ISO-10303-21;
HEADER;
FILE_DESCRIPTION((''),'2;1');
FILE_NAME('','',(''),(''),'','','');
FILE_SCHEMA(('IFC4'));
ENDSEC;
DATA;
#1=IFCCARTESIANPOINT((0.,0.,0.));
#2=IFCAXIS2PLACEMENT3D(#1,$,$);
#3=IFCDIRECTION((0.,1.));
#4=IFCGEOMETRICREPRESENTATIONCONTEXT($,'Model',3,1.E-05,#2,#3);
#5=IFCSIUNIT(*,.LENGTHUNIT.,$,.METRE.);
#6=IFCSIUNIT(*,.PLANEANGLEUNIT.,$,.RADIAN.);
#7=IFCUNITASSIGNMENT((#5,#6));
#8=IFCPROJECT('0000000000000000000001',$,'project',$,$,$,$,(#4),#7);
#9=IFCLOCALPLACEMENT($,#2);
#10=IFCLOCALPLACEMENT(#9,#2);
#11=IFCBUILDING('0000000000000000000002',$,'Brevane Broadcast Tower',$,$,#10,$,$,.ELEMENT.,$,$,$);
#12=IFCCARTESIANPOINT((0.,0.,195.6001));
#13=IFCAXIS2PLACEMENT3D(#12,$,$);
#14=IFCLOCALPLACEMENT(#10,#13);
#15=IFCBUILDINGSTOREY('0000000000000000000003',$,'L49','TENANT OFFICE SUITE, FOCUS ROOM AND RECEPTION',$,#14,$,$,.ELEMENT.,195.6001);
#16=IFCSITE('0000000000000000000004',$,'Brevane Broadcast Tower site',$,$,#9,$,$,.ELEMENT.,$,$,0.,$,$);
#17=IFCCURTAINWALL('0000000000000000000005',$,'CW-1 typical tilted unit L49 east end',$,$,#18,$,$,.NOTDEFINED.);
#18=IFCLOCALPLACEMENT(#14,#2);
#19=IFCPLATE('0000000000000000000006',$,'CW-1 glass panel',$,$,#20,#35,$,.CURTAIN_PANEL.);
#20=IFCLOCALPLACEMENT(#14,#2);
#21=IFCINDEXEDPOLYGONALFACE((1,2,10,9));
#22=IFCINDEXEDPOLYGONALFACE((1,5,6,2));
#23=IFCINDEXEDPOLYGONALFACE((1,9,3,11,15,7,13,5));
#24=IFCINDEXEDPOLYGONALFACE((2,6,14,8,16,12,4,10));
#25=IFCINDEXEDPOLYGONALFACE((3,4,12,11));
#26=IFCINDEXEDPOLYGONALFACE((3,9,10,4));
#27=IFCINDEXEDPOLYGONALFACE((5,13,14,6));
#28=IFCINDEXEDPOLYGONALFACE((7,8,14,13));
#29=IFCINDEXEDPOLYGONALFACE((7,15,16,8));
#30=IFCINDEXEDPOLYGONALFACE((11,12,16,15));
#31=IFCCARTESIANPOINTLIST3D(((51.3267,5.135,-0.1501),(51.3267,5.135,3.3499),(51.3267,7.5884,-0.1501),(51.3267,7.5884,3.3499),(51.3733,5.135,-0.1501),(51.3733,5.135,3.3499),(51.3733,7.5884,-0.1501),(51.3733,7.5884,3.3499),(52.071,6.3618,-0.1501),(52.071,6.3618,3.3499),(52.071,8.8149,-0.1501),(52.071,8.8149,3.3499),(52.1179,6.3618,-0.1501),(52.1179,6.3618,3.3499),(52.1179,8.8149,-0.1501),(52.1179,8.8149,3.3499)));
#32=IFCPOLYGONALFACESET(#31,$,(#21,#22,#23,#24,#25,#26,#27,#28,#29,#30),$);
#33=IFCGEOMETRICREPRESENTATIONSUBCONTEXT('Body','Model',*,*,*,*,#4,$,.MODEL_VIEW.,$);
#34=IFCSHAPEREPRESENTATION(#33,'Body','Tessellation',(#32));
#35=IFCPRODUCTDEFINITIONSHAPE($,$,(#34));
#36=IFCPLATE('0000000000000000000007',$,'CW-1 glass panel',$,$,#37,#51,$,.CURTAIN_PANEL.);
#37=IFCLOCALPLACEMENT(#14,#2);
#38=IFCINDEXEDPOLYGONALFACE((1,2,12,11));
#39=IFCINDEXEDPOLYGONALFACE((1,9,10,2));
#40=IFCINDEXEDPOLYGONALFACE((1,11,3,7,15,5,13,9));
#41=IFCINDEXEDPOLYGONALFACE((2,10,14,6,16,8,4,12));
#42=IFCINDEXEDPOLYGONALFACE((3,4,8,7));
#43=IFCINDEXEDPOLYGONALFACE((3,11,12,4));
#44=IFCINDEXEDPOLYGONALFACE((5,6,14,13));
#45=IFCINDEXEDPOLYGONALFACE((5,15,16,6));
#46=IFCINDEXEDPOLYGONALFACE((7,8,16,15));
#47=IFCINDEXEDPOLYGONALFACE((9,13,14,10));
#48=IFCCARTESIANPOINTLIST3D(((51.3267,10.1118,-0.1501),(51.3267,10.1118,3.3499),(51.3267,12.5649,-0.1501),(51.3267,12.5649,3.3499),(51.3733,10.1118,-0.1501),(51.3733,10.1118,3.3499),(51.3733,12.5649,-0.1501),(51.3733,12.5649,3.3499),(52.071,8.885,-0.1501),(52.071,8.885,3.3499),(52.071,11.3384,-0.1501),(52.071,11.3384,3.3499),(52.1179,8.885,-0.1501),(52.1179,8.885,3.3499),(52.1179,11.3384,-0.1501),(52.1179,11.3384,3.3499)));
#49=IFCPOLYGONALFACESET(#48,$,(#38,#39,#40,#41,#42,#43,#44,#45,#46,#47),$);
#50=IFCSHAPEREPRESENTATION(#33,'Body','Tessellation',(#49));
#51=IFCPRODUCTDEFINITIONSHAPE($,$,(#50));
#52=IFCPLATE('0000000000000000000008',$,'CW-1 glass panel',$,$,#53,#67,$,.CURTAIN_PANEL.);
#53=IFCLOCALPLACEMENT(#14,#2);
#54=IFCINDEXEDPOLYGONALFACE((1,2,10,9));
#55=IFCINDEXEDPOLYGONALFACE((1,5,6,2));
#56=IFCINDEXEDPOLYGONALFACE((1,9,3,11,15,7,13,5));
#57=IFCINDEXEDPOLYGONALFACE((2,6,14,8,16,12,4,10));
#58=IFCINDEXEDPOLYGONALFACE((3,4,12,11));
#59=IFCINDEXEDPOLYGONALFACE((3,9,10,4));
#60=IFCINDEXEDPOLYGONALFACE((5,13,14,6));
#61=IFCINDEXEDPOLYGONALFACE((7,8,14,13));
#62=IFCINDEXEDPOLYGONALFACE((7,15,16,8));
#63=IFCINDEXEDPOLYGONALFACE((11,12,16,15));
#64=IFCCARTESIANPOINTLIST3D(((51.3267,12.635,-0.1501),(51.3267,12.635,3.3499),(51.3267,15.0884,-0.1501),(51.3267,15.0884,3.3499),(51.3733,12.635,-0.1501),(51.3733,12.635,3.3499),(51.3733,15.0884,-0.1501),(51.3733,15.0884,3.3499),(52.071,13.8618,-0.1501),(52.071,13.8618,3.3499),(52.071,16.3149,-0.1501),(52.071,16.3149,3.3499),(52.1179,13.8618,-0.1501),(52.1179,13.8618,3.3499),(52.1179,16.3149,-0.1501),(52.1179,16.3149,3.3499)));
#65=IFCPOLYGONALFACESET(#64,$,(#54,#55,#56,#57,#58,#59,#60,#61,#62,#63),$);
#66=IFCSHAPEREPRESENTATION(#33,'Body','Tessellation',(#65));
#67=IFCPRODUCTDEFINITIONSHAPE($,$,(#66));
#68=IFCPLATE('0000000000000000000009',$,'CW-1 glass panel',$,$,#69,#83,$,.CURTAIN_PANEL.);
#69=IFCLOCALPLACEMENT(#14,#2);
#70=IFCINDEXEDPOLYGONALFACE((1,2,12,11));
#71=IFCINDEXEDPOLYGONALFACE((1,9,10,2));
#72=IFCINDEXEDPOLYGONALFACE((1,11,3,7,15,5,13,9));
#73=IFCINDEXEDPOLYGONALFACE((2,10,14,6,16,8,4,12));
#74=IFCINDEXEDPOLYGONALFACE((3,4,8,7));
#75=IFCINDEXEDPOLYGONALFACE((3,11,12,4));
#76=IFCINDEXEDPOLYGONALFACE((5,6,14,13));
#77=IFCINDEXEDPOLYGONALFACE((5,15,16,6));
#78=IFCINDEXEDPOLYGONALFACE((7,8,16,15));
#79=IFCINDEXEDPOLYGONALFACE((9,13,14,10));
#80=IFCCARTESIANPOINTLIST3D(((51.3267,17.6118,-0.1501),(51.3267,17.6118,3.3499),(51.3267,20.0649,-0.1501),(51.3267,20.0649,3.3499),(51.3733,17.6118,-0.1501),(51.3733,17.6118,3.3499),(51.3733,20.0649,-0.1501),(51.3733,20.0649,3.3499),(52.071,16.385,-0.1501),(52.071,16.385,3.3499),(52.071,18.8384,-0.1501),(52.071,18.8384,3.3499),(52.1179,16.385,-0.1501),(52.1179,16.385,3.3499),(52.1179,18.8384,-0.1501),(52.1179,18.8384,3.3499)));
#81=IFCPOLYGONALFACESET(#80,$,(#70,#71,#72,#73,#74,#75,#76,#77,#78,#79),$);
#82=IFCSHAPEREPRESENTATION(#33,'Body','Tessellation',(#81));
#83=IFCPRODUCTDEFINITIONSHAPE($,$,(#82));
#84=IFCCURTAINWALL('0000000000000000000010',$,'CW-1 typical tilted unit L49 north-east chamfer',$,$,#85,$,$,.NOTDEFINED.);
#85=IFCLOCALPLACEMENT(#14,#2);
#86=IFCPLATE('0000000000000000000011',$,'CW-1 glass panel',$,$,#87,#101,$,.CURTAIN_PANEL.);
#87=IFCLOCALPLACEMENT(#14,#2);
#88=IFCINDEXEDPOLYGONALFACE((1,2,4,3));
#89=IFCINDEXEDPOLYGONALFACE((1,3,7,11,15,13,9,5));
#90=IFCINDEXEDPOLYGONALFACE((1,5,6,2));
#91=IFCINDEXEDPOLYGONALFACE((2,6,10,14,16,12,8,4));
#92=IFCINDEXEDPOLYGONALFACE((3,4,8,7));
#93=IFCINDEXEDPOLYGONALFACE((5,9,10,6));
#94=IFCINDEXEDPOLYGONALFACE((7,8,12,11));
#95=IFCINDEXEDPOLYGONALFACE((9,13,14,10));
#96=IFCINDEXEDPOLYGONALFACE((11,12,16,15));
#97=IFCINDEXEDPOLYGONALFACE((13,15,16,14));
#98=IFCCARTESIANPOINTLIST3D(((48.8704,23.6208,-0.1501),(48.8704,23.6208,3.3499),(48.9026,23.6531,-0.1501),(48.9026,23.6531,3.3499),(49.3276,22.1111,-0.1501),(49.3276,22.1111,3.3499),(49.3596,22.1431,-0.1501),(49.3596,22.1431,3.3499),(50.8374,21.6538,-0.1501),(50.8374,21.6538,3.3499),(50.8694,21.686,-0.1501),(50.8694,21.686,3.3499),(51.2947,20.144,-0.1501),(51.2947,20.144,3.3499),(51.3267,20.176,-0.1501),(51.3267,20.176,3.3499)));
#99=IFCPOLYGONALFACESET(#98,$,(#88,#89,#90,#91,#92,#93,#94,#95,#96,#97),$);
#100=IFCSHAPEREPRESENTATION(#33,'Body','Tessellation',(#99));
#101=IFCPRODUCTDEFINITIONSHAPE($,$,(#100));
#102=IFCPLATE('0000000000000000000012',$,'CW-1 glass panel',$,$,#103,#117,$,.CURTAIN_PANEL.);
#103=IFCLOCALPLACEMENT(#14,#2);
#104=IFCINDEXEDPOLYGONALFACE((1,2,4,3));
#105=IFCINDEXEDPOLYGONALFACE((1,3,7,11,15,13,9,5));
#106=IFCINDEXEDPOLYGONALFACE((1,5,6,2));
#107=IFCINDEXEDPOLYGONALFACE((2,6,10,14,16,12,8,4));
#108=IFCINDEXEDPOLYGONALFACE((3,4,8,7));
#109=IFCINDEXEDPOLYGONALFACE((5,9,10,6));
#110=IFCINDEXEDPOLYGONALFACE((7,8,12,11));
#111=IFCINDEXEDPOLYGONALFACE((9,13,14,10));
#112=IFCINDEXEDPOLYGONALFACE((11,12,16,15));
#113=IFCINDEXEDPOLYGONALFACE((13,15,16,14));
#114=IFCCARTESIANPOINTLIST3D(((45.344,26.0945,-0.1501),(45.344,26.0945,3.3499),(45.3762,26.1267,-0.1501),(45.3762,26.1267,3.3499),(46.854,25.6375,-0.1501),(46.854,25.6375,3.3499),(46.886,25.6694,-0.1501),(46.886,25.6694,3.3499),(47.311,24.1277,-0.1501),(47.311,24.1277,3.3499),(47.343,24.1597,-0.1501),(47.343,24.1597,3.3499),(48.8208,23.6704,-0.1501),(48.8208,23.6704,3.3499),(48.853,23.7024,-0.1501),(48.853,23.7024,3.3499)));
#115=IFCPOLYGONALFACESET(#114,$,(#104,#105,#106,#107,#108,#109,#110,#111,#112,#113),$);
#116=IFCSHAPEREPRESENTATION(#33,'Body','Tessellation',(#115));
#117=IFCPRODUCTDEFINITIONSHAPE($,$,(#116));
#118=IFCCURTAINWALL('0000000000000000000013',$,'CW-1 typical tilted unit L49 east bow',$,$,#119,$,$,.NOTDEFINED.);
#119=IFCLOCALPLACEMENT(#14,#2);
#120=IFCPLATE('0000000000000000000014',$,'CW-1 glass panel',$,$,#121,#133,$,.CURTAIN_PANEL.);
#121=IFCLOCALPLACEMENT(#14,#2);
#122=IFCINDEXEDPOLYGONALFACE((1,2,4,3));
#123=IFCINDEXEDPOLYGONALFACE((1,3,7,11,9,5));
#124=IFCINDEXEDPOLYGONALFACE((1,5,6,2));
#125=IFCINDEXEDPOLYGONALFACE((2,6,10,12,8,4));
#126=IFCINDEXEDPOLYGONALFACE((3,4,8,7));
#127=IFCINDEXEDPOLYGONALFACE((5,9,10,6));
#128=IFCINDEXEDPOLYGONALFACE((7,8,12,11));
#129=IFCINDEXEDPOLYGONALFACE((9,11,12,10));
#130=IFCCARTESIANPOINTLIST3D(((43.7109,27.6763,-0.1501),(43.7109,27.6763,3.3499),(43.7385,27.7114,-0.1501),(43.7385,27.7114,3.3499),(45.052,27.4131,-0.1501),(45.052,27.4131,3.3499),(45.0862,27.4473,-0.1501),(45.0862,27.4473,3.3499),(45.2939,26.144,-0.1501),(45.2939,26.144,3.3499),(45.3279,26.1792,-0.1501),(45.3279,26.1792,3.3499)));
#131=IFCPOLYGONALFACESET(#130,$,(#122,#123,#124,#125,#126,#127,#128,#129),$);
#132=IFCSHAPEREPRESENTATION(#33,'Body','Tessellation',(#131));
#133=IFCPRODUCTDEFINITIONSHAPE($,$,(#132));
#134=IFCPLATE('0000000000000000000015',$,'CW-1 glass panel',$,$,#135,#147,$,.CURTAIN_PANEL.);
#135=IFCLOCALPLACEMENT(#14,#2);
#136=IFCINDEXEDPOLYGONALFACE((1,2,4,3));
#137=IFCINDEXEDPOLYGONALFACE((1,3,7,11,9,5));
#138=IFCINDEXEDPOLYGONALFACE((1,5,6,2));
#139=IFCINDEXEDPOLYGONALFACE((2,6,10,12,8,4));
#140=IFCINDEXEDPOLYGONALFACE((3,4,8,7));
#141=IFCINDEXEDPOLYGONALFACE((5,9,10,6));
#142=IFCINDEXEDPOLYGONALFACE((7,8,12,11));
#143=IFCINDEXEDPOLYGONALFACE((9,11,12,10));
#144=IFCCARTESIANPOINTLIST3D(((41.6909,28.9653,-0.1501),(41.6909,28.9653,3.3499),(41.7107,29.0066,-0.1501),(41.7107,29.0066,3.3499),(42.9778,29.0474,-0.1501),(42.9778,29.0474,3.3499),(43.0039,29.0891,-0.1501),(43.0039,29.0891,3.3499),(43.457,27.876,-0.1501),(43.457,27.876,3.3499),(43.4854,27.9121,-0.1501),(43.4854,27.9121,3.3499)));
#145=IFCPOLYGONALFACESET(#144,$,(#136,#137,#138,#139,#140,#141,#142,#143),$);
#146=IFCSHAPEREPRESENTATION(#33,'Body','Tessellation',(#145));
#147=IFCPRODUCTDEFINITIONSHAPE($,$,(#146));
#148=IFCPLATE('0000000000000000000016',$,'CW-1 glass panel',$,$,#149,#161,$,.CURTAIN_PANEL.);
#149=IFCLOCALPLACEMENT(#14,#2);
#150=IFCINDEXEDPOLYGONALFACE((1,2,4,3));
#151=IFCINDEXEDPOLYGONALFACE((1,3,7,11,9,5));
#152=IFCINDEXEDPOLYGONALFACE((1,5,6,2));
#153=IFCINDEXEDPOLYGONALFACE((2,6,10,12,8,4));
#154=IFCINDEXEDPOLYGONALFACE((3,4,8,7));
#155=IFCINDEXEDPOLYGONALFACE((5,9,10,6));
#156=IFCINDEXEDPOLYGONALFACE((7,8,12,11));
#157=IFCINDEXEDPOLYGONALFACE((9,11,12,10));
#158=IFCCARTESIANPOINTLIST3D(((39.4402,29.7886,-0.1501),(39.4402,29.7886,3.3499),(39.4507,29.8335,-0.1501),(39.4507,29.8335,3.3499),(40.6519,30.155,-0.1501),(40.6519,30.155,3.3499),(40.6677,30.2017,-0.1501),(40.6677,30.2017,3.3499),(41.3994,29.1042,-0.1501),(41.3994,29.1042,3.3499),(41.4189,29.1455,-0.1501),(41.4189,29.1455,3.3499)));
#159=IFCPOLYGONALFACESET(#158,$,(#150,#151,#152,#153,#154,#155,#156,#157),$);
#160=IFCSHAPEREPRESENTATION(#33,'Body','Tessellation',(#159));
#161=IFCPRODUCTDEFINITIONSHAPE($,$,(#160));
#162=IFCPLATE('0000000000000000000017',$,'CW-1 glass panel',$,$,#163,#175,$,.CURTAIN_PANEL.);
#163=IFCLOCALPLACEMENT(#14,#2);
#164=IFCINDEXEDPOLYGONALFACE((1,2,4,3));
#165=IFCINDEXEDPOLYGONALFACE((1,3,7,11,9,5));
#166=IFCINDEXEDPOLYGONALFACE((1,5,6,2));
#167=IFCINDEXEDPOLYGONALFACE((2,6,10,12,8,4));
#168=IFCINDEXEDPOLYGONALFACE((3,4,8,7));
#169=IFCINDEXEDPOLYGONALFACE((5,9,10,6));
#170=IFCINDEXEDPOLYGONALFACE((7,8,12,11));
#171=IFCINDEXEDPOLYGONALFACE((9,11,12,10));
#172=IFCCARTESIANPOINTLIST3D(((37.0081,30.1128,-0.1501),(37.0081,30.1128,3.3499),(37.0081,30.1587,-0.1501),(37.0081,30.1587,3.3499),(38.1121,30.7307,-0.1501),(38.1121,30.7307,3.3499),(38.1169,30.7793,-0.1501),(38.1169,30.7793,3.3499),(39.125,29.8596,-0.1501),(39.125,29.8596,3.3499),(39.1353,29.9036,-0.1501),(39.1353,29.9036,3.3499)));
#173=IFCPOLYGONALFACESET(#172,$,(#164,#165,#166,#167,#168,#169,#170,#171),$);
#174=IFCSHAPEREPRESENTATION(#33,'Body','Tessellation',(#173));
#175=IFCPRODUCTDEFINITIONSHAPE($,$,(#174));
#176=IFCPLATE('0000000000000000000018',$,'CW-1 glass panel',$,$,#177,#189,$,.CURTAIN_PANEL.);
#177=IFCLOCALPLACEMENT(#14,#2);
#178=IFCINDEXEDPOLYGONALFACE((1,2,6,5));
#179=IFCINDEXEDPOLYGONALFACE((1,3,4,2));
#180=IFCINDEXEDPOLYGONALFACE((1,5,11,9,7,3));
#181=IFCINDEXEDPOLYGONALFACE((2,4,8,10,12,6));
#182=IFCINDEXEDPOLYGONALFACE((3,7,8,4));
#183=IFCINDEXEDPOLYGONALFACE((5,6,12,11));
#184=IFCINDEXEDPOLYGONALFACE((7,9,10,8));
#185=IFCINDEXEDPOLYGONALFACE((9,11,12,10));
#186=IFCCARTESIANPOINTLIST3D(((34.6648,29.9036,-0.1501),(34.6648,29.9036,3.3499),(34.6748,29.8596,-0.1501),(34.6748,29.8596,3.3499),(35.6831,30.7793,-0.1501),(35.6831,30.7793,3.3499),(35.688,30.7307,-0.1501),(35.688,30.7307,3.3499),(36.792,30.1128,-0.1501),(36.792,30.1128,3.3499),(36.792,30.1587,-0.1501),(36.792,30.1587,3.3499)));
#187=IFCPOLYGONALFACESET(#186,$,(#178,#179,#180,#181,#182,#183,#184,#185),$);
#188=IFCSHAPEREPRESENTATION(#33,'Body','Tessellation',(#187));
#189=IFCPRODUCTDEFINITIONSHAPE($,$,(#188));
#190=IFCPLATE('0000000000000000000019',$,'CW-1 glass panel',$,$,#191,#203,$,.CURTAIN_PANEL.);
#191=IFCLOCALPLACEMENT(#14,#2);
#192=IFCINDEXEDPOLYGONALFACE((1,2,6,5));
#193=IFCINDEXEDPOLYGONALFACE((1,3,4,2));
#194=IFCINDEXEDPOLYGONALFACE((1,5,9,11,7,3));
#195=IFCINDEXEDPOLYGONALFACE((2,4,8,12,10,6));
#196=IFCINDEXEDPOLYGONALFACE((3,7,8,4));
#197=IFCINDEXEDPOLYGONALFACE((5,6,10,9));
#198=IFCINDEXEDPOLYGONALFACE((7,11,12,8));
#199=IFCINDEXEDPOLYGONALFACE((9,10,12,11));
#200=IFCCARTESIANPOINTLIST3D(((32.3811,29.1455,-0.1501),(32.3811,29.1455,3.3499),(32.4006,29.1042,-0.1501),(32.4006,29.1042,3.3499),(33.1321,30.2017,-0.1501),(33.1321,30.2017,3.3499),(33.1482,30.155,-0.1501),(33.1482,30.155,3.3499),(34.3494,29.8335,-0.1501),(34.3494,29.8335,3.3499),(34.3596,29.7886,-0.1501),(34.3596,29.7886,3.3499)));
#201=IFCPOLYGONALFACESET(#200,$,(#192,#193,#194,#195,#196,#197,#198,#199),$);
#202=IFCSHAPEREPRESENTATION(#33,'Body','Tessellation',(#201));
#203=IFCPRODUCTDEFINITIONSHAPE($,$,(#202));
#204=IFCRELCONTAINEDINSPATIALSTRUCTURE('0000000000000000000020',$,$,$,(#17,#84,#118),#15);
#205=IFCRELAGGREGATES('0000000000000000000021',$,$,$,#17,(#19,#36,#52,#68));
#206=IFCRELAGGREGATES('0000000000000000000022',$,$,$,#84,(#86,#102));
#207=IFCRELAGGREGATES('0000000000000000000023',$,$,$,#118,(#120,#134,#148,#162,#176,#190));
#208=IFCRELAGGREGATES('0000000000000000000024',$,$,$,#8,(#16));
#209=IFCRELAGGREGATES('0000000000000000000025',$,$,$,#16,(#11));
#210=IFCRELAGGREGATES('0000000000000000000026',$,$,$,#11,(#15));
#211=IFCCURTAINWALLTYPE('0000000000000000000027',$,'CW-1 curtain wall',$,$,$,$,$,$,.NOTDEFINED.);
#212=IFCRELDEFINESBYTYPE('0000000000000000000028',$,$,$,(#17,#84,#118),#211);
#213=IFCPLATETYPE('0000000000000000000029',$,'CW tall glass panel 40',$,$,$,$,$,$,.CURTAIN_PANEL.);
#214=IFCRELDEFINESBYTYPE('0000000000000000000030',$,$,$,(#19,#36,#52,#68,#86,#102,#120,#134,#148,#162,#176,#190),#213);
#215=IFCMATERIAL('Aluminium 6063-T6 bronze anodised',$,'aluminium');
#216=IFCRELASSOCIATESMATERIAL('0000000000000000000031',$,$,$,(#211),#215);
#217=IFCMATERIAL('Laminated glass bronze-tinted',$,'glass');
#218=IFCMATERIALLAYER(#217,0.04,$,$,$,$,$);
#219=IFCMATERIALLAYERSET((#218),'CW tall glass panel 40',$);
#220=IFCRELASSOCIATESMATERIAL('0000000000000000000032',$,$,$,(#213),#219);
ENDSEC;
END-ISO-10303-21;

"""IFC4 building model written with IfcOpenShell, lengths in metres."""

from ifc_helpers import new_model, si_unit, direction, frame, origin, place, context, subcontext, project, spatial, polyline, outline, extrude, material, layer, layer_set, type_object, element, aggregate, save


model = new_model("IFC4")

# Units and contexts
model_context = context("Model", 3, precision=1e-05, world=origin(), true_north=direction((0.0, 1.0)))
body_context = subcontext(model_context, "Body", "Model", "MODEL_VIEW")
ifc_project = project(units=[si_unit("LENGTHUNIT", "METRE"), si_unit("PLANEANGLEUNIT", "RADIAN")], contexts=[model_context])

# Site, building, storey
site_placement = place(None, origin())
site = spatial("IfcSite", under=ifc_project, at=site_placement, Name="Brevane Broadcast Tower site", CompositionType="ELEMENT", RefElevation=0.0)
building_placement = place(site_placement, origin())
building = spatial("IfcBuilding", under=site, at=building_placement, Name="Brevane Broadcast Tower", CompositionType="ELEMENT")
storey_placement = place(building_placement, frame((0.0, 0.0, 195.6001)))
storey = spatial("IfcBuildingStorey", under=building, at=storey_placement, Name="L49", Description="TENANT OFFICE SUITE, FOCUS ROOM AND RECEPTION", CompositionType="ELEMENT", Elevation=195.6001)

# Curtain walls, plates
ifc_material_1 = material(Name="Aluminium 6063-T6 bronze anodised", Category="aluminium")
curtain_wall_type = type_object("IfcCurtainWallType", Name="CW-1 curtain wall", PredefinedType="NOTDEFINED", material=ifc_material_1)
ifc_material_2 = material(Name="Laminated glass bronze-tinted", Category="glass")
ifc_layer = layer(ifc_material_2, 0.04)
ifc_layer_set = layer_set([ifc_layer], Name="CW tall glass panel 40")
plate_type = type_object("IfcPlateType", Name="CW tall glass panel 40", PredefinedType="CURTAIN_PANEL", material=ifc_layer_set)
curtain_wall_1_placement = place(storey_placement, origin())
curtain_wall_1 = element("IfcCurtainWall", 1, at=curtain_wall_1_placement, inside=storey, type_object=curtain_wall_type, Name="CW-1 typical tilted unit L49 east end", PredefinedType="NOTDEFINED")
plate_1_placement = place(storey_placement, frame((0.0, 0.0, -0.1501)))
plate_1 = element("IfcPlate", 2, at=plate_1_placement, type_object=plate_type, Name="CW-1 glass panel", PredefinedType="CURTAIN_PANEL", context=body_context, shape_type="SweptSolid", body=[
    extrude(outline(polyline([(51.3267, 5.135), (51.3733, 5.135), (52.1179, 6.3618), (51.3733, 7.5884), (52.1179, 8.8149), (52.071, 8.8149), (51.3267, 7.5884), (52.071, 6.3618), (51.3267, 5.135)])), origin(), (0.0, 0.0, 1.0), 3.5),
])
plate_2_placement = place(storey_placement, frame((0.0, 0.0, -0.1501)))
plate_2 = element("IfcPlate", 3, at=plate_2_placement, type_object=plate_type, Name="CW-1 glass panel", PredefinedType="CURTAIN_PANEL", context=body_context, shape_type="SweptSolid", body=[
    extrude(outline(polyline([(52.071, 8.885), (52.1179, 8.885), (51.3733, 10.1118), (52.1179, 11.3384), (51.3733, 12.5649), (51.3267, 12.5649), (52.071, 11.3384), (51.3267, 10.1118), (52.071, 8.885)])), origin(), (0.0, 0.0, 1.0), 3.5),
])
plate_3_placement = place(storey_placement, frame((0.0, 0.0, -0.1501)))
plate_3 = element("IfcPlate", 4, at=plate_3_placement, type_object=plate_type, Name="CW-1 glass panel", PredefinedType="CURTAIN_PANEL", context=body_context, shape_type="SweptSolid", body=[
    extrude(outline(polyline([(51.3267, 12.635), (51.3733, 12.635), (52.1179, 13.8618), (51.3733, 15.0884), (52.1179, 16.3149), (52.071, 16.3149), (51.3267, 15.0884), (52.071, 13.8618), (51.3267, 12.635)])), origin(), (0.0, 0.0, 1.0), 3.5),
])
plate_4_placement = place(storey_placement, frame((0.0, 0.0, -0.1501)))
plate_4 = element("IfcPlate", 5, at=plate_4_placement, type_object=plate_type, Name="CW-1 glass panel", PredefinedType="CURTAIN_PANEL", context=body_context, shape_type="SweptSolid", body=[
    extrude(outline(polyline([(52.071, 16.385), (52.1179, 16.385), (51.3733, 17.6118), (52.1179, 18.8384), (51.3733, 20.0649), (51.3267, 20.0649), (52.071, 18.8384), (51.3267, 17.6118), (52.071, 16.385)])), origin(), (0.0, 0.0, 1.0), 3.5),
])
aggregate(curtain_wall_1, [plate_1, plate_2, plate_3, plate_4])
curtain_wall_2_placement = place(storey_placement, origin())
curtain_wall_2 = element("IfcCurtainWall", 6, at=curtain_wall_2_placement, inside=storey, type_object=curtain_wall_type, Name="CW-1 typical tilted unit L49 north-east chamfer", PredefinedType="NOTDEFINED")
plate_5_placement = place(storey_placement, frame((0.0, 0.0, -0.1501)))
plate_5 = element("IfcPlate", 7, at=plate_5_placement, type_object=plate_type, Name="CW-1 glass panel", PredefinedType="CURTAIN_PANEL", context=body_context, shape_type="SweptSolid", body=[
    extrude(outline(polyline([(51.2947, 20.144), (51.3267, 20.176), (50.8694, 21.686), (49.3596, 22.1431), (48.9026, 23.6531), (48.8704, 23.6208), (49.3276, 22.1111), (50.8374, 21.6538), (51.2947, 20.144)])), origin(), (0.0, 0.0, 1.0), 3.5),
])
plate_6_placement = place(storey_placement, frame((0.0, 0.0, -0.1501)))
plate_6 = element("IfcPlate", 8, at=plate_6_placement, type_object=plate_type, Name="CW-1 glass panel", PredefinedType="CURTAIN_PANEL", context=body_context, shape_type="SweptSolid", body=[
    extrude(outline(polyline([(48.8208, 23.6704), (48.853, 23.7024), (47.343, 24.1597), (46.886, 25.6694), (45.3762, 26.1267), (45.344, 26.0945), (46.854, 25.6375), (47.311, 24.1277), (48.8208, 23.6704)])), origin(), (0.0, 0.0, 1.0), 3.5),
])
aggregate(curtain_wall_2, [plate_5, plate_6])
curtain_wall_3_placement = place(storey_placement, origin())
curtain_wall_3 = element("IfcCurtainWall", 9, at=curtain_wall_3_placement, inside=storey, type_object=curtain_wall_type, Name="CW-1 typical tilted unit L49 east bow", PredefinedType="NOTDEFINED")
plate_7_placement = place(storey_placement, frame((0.0, 0.0, -0.1501)))
plate_7 = element("IfcPlate", 10, at=plate_7_placement, type_object=plate_type, Name="CW-1 glass panel", PredefinedType="CURTAIN_PANEL", context=body_context, shape_type="SweptSolid", body=[
    extrude(outline(polyline([(45.2939, 26.144), (45.3279, 26.1792), (45.0862, 27.4473), (43.7385, 27.7114), (43.7109, 27.6763), (45.052, 27.4131), (45.2939, 26.144)])), origin(), (0.0, 0.0, 1.0), 3.5),
])
plate_8_placement = place(storey_placement, frame((0.0, 0.0, -0.1501)))
plate_8 = element("IfcPlate", 11, at=plate_8_placement, type_object=plate_type, Name="CW-1 glass panel", PredefinedType="CURTAIN_PANEL", context=body_context, shape_type="SweptSolid", body=[
    extrude(outline(polyline([(43.457, 27.876), (43.4854, 27.9121), (43.0039, 29.0891), (41.7107, 29.0066), (41.6909, 28.9653), (42.9778, 29.0474), (43.457, 27.876)])), origin(), (0.0, 0.0, 1.0), 3.5),
])
plate_9_placement = place(storey_placement, frame((0.0, 0.0, -0.1501)))
plate_9 = element("IfcPlate", 12, at=plate_9_placement, type_object=plate_type, Name="CW-1 glass panel", PredefinedType="CURTAIN_PANEL", context=body_context, shape_type="SweptSolid", body=[
    extrude(outline(polyline([(41.3994, 29.1042), (41.4189, 29.1455), (40.6677, 30.2017), (39.4507, 29.8335), (39.4402, 29.7886), (40.6519, 30.155), (41.3994, 29.1042)])), origin(), (0.0, 0.0, 1.0), 3.5),
])
plate_10_placement = place(storey_placement, frame((0.0, 0.0, -0.1501)))
plate_10 = element("IfcPlate", 13, at=plate_10_placement, type_object=plate_type, Name="CW-1 glass panel", PredefinedType="CURTAIN_PANEL", context=body_context, shape_type="SweptSolid", body=[
    extrude(outline(polyline([(39.125, 29.8596), (39.1353, 29.9036), (38.1169, 30.7793), (37.0081, 30.1587), (37.0081, 30.1128), (38.1121, 30.7307), (39.125, 29.8596)])), origin(), (0.0, 0.0, 1.0), 3.5),
])
plate_11_placement = place(storey_placement, frame((0.0, 0.0, -0.1501)))
plate_11 = element("IfcPlate", 14, at=plate_11_placement, type_object=plate_type, Name="CW-1 glass panel", PredefinedType="CURTAIN_PANEL", context=body_context, shape_type="SweptSolid", body=[
    extrude(outline(polyline([(36.792, 30.1128), (36.792, 30.1587), (35.6831, 30.7793), (34.6648, 29.9036), (34.6748, 29.8596), (35.688, 30.7307), (36.792, 30.1128)])), origin(), (0.0, 0.0, 1.0), 3.5),
])
plate_12_placement = place(storey_placement, frame((0.0, 0.0, -0.1501)))
plate_12 = element("IfcPlate", 15, at=plate_12_placement, type_object=plate_type, Name="CW-1 glass panel", PredefinedType="CURTAIN_PANEL", context=body_context, shape_type="SweptSolid", body=[
    extrude(outline(polyline([(34.3596, 29.7886), (34.3494, 29.8335), (33.1321, 30.2017), (32.3811, 29.1455), (32.4006, 29.1042), (33.1482, 30.155), (34.3596, 29.7886)])), origin(), (0.0, 0.0, 1.0), 3.5),
])
aggregate(curtain_wall_3, [plate_7, plate_8, plate_9, plate_10, plate_11, plate_12])

save(model, "model.ifc")
